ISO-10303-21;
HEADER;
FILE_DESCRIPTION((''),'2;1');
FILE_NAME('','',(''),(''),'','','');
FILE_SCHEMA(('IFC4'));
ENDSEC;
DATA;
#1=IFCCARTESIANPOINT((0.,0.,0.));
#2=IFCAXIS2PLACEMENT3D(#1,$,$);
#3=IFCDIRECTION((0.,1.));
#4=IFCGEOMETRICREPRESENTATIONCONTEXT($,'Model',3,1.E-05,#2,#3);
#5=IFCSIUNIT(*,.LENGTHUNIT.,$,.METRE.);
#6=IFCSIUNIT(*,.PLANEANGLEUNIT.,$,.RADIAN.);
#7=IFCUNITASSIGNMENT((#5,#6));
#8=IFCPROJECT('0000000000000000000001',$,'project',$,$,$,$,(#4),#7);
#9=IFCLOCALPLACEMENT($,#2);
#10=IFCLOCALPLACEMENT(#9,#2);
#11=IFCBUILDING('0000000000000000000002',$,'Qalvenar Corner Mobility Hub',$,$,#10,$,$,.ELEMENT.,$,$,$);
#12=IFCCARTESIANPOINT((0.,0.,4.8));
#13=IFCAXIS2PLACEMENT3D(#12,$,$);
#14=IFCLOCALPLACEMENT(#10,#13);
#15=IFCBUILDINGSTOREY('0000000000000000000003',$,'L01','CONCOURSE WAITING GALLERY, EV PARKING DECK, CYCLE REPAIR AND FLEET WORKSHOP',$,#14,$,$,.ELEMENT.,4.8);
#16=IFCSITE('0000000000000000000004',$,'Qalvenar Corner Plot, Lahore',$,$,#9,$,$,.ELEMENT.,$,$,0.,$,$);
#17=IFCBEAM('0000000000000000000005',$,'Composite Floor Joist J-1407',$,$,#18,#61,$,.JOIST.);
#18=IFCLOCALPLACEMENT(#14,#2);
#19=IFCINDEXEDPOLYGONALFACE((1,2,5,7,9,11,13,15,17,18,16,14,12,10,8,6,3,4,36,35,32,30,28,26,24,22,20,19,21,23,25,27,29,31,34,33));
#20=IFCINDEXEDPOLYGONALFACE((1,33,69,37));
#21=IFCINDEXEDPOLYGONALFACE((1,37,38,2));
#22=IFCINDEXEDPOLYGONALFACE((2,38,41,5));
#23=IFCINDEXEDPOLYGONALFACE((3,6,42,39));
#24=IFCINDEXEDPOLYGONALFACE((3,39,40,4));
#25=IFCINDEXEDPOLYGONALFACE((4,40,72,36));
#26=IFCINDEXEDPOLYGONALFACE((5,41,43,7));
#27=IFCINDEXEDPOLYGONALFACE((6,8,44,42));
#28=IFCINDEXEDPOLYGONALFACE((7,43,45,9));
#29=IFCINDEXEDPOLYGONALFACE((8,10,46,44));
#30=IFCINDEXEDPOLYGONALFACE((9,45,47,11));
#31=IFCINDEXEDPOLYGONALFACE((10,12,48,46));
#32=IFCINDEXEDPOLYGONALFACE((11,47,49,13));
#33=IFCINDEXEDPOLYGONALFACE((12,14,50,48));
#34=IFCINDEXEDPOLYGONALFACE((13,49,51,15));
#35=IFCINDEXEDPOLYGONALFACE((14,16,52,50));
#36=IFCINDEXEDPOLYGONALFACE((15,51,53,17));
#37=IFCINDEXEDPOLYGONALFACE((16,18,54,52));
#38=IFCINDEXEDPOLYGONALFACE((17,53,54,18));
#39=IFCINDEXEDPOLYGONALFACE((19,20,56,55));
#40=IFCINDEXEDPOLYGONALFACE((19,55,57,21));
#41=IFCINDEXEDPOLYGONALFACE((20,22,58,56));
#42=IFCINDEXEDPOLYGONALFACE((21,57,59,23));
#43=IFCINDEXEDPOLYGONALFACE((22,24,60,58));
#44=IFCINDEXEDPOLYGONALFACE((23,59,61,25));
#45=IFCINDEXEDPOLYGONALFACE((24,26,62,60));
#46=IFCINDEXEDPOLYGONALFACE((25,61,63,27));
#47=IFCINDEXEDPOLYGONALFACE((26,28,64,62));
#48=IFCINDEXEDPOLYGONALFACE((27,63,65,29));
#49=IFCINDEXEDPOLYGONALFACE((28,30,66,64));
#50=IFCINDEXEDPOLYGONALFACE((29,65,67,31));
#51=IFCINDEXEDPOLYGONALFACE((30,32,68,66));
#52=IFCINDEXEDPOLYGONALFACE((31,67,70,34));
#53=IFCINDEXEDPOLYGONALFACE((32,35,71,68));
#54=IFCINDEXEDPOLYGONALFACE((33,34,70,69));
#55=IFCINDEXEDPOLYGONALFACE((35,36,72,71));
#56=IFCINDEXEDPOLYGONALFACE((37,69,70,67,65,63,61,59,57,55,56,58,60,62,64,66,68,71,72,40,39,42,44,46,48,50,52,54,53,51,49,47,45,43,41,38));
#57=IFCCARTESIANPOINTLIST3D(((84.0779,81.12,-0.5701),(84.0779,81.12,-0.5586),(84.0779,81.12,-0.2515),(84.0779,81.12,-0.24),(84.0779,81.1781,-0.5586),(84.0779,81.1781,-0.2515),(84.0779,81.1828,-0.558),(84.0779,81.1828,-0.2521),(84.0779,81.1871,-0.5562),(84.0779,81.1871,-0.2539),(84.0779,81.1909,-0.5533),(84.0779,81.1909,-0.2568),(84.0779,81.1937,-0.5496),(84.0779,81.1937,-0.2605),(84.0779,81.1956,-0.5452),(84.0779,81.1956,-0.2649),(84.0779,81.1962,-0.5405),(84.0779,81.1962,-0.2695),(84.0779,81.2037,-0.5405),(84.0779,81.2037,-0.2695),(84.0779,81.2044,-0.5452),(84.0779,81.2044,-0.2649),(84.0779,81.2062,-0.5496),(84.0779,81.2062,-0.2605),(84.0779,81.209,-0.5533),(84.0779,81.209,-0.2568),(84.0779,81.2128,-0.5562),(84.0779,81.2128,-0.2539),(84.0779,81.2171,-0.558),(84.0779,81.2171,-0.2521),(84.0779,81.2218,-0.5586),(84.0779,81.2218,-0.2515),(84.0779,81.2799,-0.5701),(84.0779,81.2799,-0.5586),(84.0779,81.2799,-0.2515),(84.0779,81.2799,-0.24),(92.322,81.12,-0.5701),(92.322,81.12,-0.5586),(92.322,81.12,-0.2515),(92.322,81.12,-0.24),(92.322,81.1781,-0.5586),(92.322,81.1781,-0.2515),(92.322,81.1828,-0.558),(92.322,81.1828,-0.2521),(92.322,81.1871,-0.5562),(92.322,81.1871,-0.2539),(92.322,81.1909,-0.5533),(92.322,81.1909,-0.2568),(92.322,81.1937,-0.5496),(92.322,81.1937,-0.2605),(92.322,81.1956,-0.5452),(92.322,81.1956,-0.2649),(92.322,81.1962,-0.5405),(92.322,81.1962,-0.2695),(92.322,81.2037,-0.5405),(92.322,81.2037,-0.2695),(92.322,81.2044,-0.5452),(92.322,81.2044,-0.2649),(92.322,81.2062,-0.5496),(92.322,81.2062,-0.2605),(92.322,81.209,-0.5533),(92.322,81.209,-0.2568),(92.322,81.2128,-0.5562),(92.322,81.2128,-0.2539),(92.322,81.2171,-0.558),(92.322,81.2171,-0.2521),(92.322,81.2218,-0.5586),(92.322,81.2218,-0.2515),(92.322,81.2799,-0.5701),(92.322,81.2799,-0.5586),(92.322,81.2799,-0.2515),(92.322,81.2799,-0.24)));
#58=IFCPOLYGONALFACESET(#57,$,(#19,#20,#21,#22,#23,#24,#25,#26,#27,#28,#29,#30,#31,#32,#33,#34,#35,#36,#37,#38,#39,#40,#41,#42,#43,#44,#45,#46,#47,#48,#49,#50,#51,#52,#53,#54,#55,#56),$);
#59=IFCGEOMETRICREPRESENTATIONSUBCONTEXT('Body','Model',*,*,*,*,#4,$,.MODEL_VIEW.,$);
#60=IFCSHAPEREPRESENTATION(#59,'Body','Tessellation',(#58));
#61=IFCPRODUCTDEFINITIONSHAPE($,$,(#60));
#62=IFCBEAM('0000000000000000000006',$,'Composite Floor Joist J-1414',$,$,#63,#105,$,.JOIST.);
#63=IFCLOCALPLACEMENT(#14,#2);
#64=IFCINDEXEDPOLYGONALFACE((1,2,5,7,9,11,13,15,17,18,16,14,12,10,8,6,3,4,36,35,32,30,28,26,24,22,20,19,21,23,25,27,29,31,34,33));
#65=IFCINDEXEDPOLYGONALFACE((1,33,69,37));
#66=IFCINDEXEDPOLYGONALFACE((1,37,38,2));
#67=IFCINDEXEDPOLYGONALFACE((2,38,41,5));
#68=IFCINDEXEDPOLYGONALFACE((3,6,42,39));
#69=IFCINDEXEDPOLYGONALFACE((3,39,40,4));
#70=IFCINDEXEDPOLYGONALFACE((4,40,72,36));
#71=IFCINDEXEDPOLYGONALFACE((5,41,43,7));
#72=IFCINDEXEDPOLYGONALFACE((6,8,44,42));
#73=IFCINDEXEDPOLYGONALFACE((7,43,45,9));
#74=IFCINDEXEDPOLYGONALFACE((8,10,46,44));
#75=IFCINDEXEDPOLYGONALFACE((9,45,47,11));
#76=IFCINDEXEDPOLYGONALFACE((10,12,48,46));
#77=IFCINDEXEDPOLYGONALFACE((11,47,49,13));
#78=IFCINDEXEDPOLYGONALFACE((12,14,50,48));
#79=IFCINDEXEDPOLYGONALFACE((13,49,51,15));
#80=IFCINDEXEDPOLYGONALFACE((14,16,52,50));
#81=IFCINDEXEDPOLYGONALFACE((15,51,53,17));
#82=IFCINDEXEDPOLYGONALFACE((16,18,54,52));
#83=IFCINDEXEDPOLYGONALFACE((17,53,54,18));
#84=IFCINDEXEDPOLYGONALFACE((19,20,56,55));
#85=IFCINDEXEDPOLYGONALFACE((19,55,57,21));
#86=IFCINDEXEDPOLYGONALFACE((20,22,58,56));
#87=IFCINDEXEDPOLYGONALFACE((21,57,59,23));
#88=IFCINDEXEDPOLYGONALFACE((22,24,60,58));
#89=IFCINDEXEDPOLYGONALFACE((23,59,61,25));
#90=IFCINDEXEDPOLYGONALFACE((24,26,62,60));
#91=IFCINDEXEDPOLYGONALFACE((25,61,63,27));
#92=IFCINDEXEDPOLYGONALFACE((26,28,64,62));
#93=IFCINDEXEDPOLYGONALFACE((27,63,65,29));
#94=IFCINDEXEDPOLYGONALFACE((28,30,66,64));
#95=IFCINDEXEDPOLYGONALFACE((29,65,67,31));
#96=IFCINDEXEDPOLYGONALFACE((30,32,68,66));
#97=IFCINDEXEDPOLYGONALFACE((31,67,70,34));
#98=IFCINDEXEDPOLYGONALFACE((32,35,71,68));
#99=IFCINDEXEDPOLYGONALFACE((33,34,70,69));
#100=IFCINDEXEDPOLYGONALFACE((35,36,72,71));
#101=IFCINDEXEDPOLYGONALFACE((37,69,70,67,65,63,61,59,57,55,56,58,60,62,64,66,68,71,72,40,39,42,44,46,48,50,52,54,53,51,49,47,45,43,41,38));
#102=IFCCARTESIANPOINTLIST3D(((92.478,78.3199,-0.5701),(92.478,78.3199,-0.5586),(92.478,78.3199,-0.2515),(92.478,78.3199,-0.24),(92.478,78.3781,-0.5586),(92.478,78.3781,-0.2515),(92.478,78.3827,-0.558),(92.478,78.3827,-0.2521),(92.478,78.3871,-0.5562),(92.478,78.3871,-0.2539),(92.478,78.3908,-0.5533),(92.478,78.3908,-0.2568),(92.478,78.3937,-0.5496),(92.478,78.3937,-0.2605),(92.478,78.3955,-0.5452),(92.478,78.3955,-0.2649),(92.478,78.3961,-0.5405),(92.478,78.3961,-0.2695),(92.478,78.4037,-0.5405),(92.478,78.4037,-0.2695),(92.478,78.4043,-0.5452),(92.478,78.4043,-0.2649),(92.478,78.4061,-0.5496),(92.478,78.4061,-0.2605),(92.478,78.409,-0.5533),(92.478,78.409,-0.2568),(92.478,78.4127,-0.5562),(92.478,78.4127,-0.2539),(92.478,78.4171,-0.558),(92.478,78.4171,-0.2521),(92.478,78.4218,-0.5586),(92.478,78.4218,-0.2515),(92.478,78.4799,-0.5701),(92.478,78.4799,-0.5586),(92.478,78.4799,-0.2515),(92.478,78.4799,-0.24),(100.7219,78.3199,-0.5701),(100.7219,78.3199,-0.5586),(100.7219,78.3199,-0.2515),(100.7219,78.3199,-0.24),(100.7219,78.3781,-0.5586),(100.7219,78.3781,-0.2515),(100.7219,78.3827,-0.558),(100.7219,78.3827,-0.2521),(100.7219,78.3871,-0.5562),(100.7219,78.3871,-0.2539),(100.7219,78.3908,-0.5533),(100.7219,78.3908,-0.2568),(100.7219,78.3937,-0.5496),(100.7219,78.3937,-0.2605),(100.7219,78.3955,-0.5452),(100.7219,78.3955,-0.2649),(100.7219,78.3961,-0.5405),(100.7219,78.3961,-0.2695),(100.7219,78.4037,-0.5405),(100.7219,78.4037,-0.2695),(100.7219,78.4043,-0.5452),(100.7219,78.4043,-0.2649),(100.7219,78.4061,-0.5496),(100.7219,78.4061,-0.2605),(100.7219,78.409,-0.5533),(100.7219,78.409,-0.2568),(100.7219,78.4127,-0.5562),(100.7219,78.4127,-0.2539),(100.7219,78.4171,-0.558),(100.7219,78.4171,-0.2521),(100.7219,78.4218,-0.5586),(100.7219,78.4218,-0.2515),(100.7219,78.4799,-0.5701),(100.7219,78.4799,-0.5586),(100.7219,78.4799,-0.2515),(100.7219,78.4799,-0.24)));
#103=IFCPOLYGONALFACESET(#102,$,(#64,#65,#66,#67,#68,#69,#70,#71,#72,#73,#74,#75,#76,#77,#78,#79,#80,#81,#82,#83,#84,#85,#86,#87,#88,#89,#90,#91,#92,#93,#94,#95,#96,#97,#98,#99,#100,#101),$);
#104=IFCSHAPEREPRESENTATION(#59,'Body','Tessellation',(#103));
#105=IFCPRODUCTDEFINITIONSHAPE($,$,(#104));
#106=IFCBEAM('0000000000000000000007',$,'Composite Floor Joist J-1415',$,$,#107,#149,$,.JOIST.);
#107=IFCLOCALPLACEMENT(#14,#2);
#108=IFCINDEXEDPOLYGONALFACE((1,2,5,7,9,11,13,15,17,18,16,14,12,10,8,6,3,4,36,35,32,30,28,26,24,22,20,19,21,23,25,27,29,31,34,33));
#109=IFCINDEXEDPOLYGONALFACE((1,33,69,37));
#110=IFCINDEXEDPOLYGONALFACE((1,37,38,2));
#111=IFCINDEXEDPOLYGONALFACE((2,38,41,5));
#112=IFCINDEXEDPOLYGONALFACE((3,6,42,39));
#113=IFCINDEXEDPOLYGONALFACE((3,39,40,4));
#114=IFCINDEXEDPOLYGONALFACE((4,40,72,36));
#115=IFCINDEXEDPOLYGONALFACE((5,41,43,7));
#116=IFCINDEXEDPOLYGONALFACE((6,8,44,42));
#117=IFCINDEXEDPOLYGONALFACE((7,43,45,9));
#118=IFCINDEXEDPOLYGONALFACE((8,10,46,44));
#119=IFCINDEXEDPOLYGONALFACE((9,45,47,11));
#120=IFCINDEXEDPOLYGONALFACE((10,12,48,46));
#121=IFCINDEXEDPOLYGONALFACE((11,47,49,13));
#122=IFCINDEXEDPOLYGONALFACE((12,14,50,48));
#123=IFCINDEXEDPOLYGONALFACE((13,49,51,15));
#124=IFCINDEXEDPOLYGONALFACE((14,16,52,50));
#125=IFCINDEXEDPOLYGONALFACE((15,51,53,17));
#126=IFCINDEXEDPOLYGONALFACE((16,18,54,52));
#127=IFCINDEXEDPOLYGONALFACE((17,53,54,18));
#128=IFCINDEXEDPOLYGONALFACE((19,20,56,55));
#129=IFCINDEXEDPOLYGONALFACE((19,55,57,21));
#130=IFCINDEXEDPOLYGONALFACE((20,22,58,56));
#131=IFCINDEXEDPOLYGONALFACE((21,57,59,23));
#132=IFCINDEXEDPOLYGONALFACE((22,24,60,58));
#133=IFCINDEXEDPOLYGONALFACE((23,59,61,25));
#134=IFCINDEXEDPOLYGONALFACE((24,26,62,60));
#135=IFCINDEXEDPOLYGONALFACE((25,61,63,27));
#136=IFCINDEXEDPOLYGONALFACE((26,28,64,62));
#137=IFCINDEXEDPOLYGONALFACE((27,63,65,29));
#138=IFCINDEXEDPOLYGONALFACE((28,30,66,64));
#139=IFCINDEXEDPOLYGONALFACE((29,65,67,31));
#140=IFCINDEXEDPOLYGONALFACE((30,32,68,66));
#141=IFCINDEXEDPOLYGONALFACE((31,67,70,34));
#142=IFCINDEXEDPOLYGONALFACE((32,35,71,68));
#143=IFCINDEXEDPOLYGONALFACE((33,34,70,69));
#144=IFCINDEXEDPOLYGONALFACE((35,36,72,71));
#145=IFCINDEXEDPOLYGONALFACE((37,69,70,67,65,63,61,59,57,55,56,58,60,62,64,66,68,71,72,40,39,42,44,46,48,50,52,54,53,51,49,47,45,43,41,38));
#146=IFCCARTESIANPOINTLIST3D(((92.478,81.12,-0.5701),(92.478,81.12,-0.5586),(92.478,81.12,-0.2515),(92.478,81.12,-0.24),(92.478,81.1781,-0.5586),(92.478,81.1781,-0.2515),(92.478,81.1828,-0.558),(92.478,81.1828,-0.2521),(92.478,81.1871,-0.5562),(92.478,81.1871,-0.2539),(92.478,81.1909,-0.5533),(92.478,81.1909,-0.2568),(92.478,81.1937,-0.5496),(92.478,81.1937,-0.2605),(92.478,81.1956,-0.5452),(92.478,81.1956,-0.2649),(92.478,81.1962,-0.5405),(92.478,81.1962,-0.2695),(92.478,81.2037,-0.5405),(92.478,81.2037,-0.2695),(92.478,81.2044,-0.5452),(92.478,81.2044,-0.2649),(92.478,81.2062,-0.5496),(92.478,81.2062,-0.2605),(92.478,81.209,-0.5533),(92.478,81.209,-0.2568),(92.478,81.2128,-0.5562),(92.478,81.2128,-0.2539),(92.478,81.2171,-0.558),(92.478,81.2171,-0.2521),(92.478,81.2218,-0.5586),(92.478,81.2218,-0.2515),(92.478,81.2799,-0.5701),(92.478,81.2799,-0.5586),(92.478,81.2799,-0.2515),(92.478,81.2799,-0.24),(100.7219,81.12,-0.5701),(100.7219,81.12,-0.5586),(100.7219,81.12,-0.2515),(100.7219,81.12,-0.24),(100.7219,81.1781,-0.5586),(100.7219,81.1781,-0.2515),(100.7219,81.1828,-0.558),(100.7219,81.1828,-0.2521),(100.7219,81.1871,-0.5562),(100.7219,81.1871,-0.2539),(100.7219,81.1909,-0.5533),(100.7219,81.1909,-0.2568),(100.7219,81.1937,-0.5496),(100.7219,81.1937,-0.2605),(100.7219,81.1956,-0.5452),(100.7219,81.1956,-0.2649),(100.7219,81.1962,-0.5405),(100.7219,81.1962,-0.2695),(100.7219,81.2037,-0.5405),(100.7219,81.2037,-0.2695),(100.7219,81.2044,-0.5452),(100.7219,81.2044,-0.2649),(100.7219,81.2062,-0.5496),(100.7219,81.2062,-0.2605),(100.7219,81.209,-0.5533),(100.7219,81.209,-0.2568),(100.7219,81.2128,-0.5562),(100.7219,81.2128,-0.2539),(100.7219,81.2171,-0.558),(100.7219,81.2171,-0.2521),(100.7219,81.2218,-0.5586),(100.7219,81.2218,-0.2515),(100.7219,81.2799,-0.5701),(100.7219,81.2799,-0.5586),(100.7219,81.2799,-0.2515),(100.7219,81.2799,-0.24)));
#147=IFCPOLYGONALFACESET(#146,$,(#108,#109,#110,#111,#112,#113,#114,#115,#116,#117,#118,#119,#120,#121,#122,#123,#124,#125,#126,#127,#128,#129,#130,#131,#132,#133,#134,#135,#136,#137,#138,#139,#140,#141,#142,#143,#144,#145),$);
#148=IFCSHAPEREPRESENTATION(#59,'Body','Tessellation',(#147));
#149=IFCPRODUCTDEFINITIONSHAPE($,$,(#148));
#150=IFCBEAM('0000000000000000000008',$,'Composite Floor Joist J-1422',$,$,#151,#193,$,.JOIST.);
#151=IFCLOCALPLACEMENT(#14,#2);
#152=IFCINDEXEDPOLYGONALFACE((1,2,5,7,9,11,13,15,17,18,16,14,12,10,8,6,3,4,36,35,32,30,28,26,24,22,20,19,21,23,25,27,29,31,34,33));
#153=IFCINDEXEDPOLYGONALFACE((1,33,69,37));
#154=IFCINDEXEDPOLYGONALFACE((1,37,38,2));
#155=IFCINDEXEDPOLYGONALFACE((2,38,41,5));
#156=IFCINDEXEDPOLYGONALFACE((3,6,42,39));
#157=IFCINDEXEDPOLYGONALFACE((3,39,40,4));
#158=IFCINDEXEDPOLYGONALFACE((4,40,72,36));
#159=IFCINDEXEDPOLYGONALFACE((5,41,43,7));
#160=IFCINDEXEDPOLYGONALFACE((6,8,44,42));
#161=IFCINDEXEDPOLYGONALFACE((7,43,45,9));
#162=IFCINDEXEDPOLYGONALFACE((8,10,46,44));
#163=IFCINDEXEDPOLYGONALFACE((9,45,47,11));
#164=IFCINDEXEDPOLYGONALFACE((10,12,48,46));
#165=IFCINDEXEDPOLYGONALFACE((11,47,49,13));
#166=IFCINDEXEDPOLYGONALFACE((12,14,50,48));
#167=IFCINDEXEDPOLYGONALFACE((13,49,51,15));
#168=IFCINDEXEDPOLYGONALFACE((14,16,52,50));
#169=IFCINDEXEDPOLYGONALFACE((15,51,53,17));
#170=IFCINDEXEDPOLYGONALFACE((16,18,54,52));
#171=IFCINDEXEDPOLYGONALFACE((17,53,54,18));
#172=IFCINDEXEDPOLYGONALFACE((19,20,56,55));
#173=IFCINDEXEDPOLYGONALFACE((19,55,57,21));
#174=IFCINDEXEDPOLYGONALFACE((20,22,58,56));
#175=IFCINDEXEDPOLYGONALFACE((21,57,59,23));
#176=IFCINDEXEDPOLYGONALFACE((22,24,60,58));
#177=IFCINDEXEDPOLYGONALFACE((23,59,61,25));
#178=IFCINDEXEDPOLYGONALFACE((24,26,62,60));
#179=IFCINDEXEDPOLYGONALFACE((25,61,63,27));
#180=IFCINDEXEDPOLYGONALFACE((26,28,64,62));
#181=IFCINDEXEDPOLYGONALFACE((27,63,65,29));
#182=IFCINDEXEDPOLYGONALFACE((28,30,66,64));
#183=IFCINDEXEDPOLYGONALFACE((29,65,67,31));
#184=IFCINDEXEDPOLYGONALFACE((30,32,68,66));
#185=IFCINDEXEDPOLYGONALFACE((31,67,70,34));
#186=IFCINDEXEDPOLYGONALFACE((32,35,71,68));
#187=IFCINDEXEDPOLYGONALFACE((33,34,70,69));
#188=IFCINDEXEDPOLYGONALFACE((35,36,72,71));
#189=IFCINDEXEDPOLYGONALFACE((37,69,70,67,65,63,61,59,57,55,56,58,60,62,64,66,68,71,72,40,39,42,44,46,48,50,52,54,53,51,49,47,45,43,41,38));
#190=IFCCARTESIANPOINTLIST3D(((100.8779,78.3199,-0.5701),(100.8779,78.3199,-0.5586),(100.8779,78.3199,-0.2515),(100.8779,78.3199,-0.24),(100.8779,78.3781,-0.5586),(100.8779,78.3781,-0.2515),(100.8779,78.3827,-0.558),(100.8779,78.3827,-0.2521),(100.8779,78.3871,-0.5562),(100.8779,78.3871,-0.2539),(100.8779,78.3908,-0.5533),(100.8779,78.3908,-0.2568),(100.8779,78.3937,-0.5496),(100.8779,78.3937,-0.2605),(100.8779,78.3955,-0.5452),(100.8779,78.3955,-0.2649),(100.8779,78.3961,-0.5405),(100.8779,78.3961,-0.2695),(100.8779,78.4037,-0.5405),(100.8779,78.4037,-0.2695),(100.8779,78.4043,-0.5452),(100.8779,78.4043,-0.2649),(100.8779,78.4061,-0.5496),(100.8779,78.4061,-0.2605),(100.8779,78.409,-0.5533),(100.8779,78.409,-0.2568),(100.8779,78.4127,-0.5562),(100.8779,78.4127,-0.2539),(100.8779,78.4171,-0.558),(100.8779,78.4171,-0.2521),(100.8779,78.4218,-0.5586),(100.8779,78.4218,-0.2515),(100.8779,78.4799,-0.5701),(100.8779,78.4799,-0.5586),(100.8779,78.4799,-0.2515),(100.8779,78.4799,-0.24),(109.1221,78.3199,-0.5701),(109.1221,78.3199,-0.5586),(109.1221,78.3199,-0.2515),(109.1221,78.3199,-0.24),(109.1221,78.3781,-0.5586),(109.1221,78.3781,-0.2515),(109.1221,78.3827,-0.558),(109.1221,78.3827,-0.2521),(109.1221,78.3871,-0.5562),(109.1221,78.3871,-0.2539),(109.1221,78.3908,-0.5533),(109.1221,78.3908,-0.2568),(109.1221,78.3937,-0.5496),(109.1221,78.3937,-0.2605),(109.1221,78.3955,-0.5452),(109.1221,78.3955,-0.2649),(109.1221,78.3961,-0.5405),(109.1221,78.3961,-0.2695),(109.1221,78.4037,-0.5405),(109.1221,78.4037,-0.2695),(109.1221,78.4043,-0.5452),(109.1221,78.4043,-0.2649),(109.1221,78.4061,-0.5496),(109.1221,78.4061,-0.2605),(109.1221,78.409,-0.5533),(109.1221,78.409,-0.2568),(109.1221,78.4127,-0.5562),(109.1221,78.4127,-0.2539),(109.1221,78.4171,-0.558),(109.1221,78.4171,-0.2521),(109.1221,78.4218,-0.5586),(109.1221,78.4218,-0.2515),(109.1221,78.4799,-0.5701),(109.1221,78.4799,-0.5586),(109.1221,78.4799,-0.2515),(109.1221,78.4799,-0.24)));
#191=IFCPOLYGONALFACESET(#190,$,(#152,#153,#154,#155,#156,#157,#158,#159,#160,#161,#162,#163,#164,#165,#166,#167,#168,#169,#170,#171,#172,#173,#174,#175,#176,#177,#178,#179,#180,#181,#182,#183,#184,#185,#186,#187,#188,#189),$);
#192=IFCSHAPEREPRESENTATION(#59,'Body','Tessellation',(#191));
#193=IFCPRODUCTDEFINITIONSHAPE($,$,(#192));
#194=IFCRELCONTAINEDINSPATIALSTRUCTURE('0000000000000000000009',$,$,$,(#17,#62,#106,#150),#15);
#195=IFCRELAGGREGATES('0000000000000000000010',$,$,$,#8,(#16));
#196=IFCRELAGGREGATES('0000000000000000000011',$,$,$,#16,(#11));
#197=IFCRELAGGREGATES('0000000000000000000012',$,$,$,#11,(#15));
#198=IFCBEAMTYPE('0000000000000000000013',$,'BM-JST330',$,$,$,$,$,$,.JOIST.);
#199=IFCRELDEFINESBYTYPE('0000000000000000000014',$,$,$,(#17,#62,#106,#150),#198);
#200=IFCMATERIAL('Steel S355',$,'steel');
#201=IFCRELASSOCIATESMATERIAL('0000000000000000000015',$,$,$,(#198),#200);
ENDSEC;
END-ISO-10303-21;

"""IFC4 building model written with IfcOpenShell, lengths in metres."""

from ifc_helpers import new_model, si_unit, direction, frame, origin, origin_2d, place, context, subcontext, project, spatial, i_section, extrude, material, material_profile, profile_set, type_object, element, save


model = new_model("IFC4")

# Units and contexts
model_context = context("Model", 3, precision=1e-05, world=origin(), true_north=direction((0.0, 1.0)))
body_context = subcontext(model_context, "Body", "Model", "MODEL_VIEW")
ifc_project = project(units=[si_unit("LENGTHUNIT", "METRE"), si_unit("PLANEANGLEUNIT", "RADIAN")], contexts=[model_context])

# Site, building, storey
site_placement = place(None, origin())
site = spatial("IfcSite", under=ifc_project, at=site_placement, Name="Qalvenar Corner Plot, Lahore", CompositionType="ELEMENT", RefElevation=0.0)
building_placement = place(site_placement, origin())
building = spatial("IfcBuilding", under=site, at=building_placement, Name="Qalvenar Corner Mobility Hub", CompositionType="ELEMENT")
storey_placement = place(building_placement, frame((0.0, 0.0, 4.8)))
storey = spatial("IfcBuildingStorey", under=building, at=storey_placement, Name="L01", Description="CONCOURSE WAITING GALLERY, EV PARKING DECK, CYCLE REPAIR AND FLEET WORKSHOP", CompositionType="ELEMENT", Elevation=4.8)

# Shared definitions
ifc_material_1 = material(Name="Steel S355", Category="steel")

# Beams
ifc_material_profile_1 = material_profile(ifc_material_1, i_section(OverallWidth=0.1599, OverallDepth=0.3301, WebThickness=0.0076, FlangeThickness=0.0115, FilletRadius=0.0181, at=origin_2d()), Name="IPE330")
ifc_profile_set_1 = profile_set([ifc_material_profile_1], Name="Steel S355")
beam_type_1 = type_object("IfcBeamType", Name="BM-JST330", PredefinedType="JOIST", material=ifc_profile_set_1)
for number, where, z_axis, x_axis, name in (
    (1, (84.0779, 81.2, -0.405), (1.0, 0.0, 0.0), (0.0, 1.0, 0.0), "Composite Floor Joist J-1407"),
):
    element("IfcBeam", number, at=place(storey_placement, frame(where, z_axis=z_axis, x_axis=x_axis)), inside=storey, type_object=beam_type_1, Name=name, PredefinedType="JOIST", context=body_context, shape_type="SweptSolid", body=[
        extrude(i_section(OverallWidth=0.1599, OverallDepth=0.3301, WebThickness=0.0076, FlangeThickness=0.0115, FilletRadius=0.0181, at=origin_2d()), origin(), (0.0, 0.0, 1.0), 8.2441),
    ])
for number, where, z_axis, x_axis, name in (
    (2, (92.478, 78.3999, -0.405), (1.0, 0.0, 0.0), (0.0, 1.0, 0.0), "Composite Floor Joist J-1414"),
    (3, (92.478, 81.2, -0.405), (1.0, 0.0, 0.0), (0.0, 1.0, 0.0), "Composite Floor Joist J-1415"),
):
    element("IfcBeam", number, at=place(storey_placement, frame(where, z_axis=z_axis, x_axis=x_axis)), inside=storey, type_object=beam_type_1, Name=name, PredefinedType="JOIST", context=body_context, shape_type="SweptSolid", body=[
        extrude(i_section(OverallWidth=0.1599, OverallDepth=0.3301, WebThickness=0.0076, FlangeThickness=0.0115, FilletRadius=0.0181, at=origin_2d()), origin(), (0.0, 0.0, 1.0), 8.2439),
    ])
for number, where, z_axis, x_axis, name in (
    (4, (100.8779, 78.3999, -0.405), (1.0, 0.0, 0.0), (0.0, 1.0, 0.0), "Composite Floor Joist J-1422"),
):
    element("IfcBeam", number, at=place(storey_placement, frame(where, z_axis=z_axis, x_axis=x_axis)), inside=storey, type_object=beam_type_1, Name=name, PredefinedType="JOIST", context=body_context, shape_type="SweptSolid", body=[
        extrude(i_section(OverallWidth=0.1599, OverallDepth=0.3301, WebThickness=0.0076, FlangeThickness=0.0115, FilletRadius=0.0181, at=origin_2d()), origin(), (0.0, 0.0, 1.0), 8.2441),
    ])

save(model, "model.ifc")
